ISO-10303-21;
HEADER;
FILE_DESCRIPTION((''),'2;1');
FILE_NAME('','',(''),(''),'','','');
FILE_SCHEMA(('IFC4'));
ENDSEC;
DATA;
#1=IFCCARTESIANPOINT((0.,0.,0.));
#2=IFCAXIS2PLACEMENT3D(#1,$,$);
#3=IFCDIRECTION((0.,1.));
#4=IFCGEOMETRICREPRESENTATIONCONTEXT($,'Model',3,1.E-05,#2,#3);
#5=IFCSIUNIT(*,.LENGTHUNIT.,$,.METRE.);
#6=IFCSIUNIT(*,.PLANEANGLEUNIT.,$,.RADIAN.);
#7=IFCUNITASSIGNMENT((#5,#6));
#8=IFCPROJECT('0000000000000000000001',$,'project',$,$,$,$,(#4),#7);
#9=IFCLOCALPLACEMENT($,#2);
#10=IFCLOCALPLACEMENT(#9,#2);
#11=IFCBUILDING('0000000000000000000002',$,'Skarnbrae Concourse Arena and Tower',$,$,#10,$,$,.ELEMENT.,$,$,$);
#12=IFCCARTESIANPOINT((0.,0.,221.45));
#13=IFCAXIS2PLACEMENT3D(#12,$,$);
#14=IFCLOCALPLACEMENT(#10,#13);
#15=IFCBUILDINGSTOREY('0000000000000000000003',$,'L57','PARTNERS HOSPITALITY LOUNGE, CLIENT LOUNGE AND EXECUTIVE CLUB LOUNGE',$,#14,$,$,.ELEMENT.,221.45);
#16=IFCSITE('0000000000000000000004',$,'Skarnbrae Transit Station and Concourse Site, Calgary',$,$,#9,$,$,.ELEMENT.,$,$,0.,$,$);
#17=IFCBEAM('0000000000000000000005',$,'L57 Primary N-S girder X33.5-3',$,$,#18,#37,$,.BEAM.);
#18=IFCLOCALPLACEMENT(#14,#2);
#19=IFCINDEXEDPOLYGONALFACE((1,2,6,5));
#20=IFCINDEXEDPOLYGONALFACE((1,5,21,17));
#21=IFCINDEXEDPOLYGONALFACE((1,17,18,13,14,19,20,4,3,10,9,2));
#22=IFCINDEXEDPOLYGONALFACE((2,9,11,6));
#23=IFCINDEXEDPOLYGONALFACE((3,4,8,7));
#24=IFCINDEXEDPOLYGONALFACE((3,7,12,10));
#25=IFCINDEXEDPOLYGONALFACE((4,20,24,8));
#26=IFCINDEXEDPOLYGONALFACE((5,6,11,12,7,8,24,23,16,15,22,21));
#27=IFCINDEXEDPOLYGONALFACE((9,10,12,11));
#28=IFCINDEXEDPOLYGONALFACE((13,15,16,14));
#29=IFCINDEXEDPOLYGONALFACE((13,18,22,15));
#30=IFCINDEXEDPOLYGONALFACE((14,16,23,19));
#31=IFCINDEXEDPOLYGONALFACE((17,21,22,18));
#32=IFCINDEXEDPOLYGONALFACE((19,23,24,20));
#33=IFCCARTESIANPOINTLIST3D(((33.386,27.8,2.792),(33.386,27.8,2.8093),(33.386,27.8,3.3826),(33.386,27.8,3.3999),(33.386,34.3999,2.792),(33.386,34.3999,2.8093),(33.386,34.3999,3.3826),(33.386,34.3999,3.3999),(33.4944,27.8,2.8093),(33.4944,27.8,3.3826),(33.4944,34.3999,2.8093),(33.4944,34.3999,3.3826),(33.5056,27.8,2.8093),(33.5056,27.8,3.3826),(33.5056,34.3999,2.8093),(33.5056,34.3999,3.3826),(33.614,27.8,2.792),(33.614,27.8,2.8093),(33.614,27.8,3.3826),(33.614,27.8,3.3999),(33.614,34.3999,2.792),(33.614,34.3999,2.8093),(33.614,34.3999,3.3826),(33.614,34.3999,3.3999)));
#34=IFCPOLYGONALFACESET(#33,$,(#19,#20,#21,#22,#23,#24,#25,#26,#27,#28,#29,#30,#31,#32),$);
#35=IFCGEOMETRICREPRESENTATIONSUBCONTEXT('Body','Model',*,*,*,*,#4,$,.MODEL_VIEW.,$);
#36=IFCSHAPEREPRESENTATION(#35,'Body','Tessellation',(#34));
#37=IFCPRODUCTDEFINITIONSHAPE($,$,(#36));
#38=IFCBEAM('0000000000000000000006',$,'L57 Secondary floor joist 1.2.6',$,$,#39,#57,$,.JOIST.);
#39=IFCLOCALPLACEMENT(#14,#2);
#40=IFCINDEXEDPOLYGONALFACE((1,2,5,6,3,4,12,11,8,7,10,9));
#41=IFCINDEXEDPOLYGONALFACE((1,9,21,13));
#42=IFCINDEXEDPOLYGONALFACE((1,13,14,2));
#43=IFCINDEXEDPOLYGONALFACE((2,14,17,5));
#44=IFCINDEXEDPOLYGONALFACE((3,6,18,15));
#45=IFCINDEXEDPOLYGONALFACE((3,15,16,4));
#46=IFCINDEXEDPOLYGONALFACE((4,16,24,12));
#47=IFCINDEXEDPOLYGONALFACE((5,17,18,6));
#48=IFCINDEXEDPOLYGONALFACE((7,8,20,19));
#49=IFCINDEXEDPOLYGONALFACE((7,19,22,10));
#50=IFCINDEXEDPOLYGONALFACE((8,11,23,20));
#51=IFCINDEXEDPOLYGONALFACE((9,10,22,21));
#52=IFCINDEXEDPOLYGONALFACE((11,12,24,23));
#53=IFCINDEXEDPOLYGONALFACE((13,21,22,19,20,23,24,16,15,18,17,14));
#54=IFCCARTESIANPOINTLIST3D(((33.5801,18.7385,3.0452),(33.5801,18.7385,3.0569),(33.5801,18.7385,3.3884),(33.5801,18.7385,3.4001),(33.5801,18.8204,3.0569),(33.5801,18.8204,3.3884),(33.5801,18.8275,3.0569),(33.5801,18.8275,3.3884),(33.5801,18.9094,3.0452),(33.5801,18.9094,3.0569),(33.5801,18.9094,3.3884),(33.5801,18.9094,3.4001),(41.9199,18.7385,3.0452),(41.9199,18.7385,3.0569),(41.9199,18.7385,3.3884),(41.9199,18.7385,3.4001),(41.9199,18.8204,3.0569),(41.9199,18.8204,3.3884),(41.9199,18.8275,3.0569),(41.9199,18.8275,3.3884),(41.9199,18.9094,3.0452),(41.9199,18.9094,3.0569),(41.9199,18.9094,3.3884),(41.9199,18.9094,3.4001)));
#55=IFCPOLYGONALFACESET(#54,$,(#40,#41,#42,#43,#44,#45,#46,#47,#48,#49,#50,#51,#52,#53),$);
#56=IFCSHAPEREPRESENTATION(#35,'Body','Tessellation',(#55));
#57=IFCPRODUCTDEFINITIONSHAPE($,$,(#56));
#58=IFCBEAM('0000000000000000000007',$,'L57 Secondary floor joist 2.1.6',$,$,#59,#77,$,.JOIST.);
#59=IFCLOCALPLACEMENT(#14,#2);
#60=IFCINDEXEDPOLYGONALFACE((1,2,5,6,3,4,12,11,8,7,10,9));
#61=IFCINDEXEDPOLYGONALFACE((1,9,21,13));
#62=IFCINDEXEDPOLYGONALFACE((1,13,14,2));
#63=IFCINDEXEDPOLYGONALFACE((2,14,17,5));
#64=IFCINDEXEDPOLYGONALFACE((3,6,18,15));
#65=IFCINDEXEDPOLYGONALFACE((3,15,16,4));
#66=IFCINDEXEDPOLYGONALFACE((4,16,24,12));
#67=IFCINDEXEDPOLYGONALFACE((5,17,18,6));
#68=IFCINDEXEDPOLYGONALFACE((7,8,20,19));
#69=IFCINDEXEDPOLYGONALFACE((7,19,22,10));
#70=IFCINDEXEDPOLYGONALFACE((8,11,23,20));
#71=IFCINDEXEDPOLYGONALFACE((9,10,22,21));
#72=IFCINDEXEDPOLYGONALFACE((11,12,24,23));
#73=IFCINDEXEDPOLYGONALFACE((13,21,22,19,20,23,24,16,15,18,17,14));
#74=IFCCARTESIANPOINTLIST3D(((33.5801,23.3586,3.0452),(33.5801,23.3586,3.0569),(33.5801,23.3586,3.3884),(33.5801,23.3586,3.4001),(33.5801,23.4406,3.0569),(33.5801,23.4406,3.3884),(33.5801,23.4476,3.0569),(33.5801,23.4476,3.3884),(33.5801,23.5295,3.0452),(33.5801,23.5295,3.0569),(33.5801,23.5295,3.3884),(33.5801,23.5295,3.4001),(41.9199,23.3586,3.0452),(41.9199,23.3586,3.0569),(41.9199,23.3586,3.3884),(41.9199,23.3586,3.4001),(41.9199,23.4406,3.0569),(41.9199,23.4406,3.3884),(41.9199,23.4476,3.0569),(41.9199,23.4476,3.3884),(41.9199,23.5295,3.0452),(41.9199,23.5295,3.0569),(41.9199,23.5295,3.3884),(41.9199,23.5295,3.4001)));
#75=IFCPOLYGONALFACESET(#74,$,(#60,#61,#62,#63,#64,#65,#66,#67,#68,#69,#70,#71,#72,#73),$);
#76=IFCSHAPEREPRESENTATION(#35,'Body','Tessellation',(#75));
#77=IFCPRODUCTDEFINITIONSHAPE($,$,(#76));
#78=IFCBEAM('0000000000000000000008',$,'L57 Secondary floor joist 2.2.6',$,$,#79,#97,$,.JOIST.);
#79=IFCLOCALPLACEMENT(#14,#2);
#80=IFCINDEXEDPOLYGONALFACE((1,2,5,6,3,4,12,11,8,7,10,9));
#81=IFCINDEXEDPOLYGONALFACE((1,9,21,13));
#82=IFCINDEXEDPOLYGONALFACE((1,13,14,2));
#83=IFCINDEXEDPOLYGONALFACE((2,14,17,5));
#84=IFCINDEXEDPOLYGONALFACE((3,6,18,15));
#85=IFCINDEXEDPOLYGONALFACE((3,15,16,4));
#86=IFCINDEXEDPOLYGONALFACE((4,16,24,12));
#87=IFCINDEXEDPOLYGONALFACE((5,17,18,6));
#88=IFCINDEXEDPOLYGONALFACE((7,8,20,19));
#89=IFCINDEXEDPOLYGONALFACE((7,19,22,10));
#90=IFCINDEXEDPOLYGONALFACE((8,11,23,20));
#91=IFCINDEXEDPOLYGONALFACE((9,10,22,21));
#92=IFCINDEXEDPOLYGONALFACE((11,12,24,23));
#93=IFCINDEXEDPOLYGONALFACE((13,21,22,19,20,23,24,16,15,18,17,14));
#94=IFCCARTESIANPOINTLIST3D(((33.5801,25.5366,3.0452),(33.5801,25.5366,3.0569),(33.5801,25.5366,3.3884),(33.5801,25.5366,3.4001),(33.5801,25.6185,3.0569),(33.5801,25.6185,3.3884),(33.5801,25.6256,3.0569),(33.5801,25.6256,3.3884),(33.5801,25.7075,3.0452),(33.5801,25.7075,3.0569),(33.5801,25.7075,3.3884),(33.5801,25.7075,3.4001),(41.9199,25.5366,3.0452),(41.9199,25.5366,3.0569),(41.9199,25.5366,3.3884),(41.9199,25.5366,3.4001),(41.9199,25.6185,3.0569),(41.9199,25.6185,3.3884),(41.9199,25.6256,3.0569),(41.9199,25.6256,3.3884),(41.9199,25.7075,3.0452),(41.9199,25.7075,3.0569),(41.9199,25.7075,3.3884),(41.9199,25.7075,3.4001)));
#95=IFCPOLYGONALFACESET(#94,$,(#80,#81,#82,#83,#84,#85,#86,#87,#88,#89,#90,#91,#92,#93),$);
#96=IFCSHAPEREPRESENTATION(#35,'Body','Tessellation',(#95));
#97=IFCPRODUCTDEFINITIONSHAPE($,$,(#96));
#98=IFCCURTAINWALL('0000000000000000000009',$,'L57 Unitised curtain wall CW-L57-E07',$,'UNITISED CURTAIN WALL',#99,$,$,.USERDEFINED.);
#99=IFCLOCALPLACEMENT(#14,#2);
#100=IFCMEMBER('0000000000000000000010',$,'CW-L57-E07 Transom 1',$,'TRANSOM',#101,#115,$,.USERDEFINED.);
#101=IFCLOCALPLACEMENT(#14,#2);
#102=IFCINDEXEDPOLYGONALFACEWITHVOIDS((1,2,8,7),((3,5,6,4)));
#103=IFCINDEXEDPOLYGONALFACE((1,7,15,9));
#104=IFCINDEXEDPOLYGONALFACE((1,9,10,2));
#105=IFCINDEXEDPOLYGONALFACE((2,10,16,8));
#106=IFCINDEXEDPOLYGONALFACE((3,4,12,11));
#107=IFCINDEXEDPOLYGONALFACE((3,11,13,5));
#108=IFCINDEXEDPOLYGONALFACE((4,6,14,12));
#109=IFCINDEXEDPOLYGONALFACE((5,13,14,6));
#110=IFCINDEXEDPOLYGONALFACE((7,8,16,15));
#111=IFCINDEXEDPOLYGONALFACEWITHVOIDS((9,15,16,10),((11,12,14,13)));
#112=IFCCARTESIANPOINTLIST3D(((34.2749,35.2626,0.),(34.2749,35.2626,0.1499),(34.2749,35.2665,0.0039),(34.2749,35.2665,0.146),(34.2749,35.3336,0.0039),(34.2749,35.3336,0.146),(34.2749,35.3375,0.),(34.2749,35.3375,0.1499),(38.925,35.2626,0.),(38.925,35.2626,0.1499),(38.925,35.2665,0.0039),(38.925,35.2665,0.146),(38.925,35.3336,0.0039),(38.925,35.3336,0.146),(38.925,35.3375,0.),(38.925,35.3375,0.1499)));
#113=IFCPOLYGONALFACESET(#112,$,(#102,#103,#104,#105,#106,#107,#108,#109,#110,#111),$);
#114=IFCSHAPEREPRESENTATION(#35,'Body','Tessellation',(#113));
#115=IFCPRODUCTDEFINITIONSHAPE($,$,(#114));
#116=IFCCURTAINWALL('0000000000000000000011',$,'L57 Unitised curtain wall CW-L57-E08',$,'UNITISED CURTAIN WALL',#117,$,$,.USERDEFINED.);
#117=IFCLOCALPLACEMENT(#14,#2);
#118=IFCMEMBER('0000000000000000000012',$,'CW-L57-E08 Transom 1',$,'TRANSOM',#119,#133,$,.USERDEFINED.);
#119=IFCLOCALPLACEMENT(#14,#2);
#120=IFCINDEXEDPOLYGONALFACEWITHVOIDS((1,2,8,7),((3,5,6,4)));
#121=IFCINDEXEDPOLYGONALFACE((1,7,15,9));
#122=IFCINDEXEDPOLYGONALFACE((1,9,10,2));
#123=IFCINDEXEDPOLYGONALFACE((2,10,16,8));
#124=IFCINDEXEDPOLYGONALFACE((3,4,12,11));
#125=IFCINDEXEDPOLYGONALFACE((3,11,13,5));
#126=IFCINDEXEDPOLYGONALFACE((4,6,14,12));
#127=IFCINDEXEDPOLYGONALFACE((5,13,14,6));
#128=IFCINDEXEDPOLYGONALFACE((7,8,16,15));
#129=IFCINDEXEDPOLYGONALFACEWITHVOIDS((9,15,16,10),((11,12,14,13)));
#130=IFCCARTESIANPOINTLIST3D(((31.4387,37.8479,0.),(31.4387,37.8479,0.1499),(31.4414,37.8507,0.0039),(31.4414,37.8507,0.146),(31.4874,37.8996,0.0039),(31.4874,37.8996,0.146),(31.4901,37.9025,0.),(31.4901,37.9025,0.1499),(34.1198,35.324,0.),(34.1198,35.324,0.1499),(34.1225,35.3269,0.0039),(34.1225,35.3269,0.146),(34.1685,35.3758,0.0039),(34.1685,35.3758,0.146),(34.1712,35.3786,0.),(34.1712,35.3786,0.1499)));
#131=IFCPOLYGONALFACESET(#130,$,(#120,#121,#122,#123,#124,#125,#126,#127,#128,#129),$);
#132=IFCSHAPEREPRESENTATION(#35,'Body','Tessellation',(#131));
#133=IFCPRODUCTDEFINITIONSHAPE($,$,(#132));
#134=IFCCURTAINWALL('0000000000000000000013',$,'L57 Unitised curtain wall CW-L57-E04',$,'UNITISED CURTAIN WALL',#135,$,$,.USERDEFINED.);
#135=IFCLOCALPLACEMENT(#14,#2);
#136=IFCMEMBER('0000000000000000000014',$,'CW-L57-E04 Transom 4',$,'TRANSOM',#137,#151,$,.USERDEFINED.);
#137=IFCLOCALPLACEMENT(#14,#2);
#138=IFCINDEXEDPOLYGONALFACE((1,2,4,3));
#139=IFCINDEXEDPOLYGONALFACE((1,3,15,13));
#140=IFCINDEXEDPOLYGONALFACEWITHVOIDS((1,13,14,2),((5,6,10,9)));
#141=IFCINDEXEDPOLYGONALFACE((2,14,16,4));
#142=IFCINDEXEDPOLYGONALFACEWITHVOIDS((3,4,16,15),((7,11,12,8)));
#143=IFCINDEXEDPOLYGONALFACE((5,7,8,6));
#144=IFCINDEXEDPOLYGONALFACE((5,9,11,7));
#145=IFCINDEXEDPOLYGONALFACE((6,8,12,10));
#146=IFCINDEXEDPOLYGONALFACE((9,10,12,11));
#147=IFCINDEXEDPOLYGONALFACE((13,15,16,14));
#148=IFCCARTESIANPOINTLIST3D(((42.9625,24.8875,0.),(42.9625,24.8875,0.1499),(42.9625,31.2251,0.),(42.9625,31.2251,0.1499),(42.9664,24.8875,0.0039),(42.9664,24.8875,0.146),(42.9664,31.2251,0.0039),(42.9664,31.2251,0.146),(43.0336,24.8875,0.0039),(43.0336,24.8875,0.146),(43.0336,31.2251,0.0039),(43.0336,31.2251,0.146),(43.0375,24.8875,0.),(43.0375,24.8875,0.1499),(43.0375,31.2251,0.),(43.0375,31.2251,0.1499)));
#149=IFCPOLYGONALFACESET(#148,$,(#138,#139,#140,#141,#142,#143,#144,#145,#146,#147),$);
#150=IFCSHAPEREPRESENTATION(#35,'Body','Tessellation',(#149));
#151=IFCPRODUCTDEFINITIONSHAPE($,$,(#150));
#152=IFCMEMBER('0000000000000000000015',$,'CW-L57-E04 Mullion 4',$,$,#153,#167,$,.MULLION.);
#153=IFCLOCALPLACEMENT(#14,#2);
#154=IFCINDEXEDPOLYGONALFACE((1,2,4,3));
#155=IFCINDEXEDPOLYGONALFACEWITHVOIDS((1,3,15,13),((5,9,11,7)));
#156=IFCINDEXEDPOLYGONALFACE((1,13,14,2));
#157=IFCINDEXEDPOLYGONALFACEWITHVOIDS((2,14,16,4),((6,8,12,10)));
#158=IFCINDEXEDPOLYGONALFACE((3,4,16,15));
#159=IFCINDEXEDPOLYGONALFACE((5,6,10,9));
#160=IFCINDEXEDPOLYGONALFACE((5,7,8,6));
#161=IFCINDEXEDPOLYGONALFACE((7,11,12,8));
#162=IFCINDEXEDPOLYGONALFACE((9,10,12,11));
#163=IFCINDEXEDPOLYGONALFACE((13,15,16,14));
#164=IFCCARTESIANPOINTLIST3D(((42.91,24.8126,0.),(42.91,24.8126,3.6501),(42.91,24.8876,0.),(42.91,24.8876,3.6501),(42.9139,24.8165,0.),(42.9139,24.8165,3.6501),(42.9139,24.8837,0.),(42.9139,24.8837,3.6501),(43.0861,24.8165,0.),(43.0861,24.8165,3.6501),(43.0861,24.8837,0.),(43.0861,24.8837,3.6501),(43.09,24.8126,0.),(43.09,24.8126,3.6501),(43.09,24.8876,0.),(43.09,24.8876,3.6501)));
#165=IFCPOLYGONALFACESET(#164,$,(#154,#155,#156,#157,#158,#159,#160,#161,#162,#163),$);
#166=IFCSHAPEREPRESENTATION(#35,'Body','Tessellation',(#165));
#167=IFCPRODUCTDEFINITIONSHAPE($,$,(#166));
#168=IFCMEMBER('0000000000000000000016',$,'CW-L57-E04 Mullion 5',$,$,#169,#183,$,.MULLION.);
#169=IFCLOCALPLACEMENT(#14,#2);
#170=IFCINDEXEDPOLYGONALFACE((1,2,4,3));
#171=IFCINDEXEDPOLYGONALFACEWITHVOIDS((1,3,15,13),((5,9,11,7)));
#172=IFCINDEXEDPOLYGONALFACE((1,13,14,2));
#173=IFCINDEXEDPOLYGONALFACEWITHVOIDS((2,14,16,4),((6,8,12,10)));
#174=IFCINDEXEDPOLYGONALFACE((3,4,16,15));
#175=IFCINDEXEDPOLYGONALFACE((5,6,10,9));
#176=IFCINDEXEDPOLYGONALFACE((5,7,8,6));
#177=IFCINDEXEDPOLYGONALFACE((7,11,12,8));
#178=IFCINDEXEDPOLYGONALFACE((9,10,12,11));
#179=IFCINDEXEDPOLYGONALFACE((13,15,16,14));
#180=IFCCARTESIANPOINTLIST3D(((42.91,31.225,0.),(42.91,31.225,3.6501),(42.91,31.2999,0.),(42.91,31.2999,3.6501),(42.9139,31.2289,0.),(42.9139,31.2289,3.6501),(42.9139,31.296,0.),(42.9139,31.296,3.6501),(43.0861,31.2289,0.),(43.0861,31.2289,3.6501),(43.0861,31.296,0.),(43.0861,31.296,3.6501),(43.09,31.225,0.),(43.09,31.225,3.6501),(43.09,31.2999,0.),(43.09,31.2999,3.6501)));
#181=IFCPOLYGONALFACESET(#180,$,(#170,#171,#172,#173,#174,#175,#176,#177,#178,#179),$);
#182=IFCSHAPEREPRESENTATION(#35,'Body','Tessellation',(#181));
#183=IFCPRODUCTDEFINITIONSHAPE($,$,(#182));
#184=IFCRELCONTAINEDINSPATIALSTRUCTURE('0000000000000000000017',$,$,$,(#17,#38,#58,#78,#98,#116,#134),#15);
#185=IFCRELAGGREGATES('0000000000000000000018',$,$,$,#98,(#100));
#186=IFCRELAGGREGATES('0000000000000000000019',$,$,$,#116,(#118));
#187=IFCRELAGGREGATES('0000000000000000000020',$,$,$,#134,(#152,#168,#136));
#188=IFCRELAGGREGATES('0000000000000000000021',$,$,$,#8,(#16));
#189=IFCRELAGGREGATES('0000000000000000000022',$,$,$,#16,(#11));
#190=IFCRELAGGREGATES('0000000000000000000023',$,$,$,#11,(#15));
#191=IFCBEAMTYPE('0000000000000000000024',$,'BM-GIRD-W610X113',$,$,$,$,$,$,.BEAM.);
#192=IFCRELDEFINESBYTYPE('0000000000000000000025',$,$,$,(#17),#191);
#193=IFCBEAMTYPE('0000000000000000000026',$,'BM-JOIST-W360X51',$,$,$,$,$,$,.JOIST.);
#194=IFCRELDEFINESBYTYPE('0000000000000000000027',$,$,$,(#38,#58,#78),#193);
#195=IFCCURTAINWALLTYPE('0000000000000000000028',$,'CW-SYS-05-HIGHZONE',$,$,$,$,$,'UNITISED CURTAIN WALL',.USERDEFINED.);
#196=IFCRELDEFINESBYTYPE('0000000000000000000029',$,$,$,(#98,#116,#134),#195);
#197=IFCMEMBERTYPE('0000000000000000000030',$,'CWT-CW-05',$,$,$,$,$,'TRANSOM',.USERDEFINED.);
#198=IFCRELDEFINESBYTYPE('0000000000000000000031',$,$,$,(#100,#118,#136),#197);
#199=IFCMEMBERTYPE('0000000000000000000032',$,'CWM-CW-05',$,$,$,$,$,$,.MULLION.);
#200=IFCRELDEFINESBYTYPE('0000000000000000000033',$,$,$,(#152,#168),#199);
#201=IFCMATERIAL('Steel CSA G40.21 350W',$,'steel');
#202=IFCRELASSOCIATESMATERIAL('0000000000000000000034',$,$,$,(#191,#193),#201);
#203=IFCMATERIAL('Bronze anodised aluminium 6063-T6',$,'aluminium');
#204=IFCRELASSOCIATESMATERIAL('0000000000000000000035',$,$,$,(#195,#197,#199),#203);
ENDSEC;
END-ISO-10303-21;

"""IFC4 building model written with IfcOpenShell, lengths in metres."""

from ifc_helpers import new_model, si_unit, direction, frame, origin, origin_2d, place, context, subcontext, project, spatial, hollow_rectangle, i_section, extrude, source, transform, mapped, material, material_profile, profile_set, type_object, element, aggregate, save


model = new_model("IFC4")

# Units and contexts
model_context = context("Model", 3, precision=1e-05, world=origin(), true_north=direction((0.0, 1.0)))
body_context = subcontext(model_context, "Body", "Model", "MODEL_VIEW")
ifc_project = project(units=[si_unit("LENGTHUNIT", "METRE"), si_unit("PLANEANGLEUNIT", "RADIAN")], contexts=[model_context])

# Site, building, storey
site_placement = place(None, origin())
site = spatial("IfcSite", under=ifc_project, at=site_placement, Name="Skarnbrae Transit Station and Concourse Site, Calgary", CompositionType="ELEMENT", RefElevation=0.0)
building_placement = place(site_placement, origin())
building = spatial("IfcBuilding", under=site, at=building_placement, Name="Skarnbrae Concourse Arena and Tower", CompositionType="ELEMENT")
storey_placement = place(building_placement, frame((0.0, 0.0, 221.45)))
storey = spatial("IfcBuildingStorey", under=building, at=storey_placement, Name="L57", Description="PARTNERS HOSPITALITY LOUNGE, CLIENT LOUNGE AND EXECUTIVE CLUB LOUNGE", CompositionType="ELEMENT", Elevation=221.45)

# Shared definitions
ifc_material_1 = material(Name="Steel CSA G40.21 350W", Category="steel")

# Beams
ifc_material_profile_1 = material_profile(ifc_material_1, i_section(OverallWidth=0.228, OverallDepth=0.6079, WebThickness=0.0112, FlangeThickness=0.0173, at=origin_2d()), Name="W610X113")
ifc_profile_set_1 = profile_set([ifc_material_profile_1], Name="Steel CSA G40.21 350W")
beam_type_1 = type_object("IfcBeamType", Name="BM-GIRD-W610X113", PredefinedType="BEAM", material=ifc_profile_set_1)
shared_shape_1 = source(origin(), body_context, "Body", "SweptSolid", [
    extrude(i_section(OverallWidth=0.228, OverallDepth=0.6079, WebThickness=0.0112, FlangeThickness=0.0173, at=origin_2d()), origin(), (0.0, 0.0, 1.0), 6.5999),
])
beam_1_placement = place(storey_placement, frame((33.5, 27.8, 3.0959), z_axis=(0.0, 1.0, 0.0), x_axis=(-1.0, 0.0, 0.0)))
element("IfcBeam", 1, at=beam_1_placement, inside=storey, type_object=beam_type_1, Name="L57 Primary N-S girder X33.5-3", PredefinedType="BEAM", context=body_context, shape_type="MappedRepresentation", body=[
    mapped(shared_shape_1, transform((0.0, 0.0, 0.0))),
])
ifc_material_profile_2 = material_profile(ifc_material_1, i_section(OverallWidth=0.1709, OverallDepth=0.355, WebThickness=0.0071, FlangeThickness=0.0117, at=origin_2d()), Name="W360X51")
ifc_profile_set_2 = profile_set([ifc_material_profile_2], Name="Steel CSA G40.21 350W")
beam_type_2 = type_object("IfcBeamType", Name="BM-JOIST-W360X51", PredefinedType="JOIST", material=ifc_profile_set_2)
shared_shape_2 = source(origin(), body_context, "Body", "SweptSolid", [
    extrude(i_section(OverallWidth=0.1709, OverallDepth=0.355, WebThickness=0.0071, FlangeThickness=0.0117, at=origin_2d()), origin(), (0.0, 0.0, 1.0), 8.3398),
])
for number, where, z_axis, x_axis, name in (
    (2, (33.5801, 18.824, 3.2227), (1.0, 0.0, 0.0), (0.0, 1.0, 0.0), "L57 Secondary floor joist 1.2.6"),
    (3, (33.5801, 23.4441, 3.2227), (1.0, 0.0, 0.0), (0.0, 1.0, 0.0), "L57 Secondary floor joist 2.1.6"),
    (4, (33.5801, 25.6221, 3.2227), (1.0, 0.0, 0.0), (0.0, 1.0, 0.0), "L57 Secondary floor joist 2.2.6"),
):
    element("IfcBeam", number, at=place(storey_placement, frame(where, z_axis=z_axis, x_axis=x_axis)), inside=storey, type_object=beam_type_2, Name=name, PredefinedType="JOIST", context=body_context, shape_type="MappedRepresentation", body=[
        mapped(shared_shape_2, transform((0.0, 0.0, 0.0))),
    ])

# Curtain walls, members
ifc_material_2 = material(Name="Bronze anodised aluminium 6063-T6", Category="aluminium")
curtain_wall_type = type_object("IfcCurtainWallType", Name="CW-SYS-05-HIGHZONE", ElementType="UNITISED CURTAIN WALL", PredefinedType="USERDEFINED", material=ifc_material_2)
curtain_wall_1_placement = place(storey_placement, origin())
curtain_wall_1 = element("IfcCurtainWall", 5, at=curtain_wall_1_placement, inside=storey, type_object=curtain_wall_type, Name="L57 Unitised curtain wall CW-L57-E07", ObjectType="UNITISED CURTAIN WALL", PredefinedType="USERDEFINED")
ifc_material_profile_3 = material_profile(ifc_material_2, hollow_rectangle(XDim=0.075, YDim=0.1499, WallThickness=0.0039, at=origin_2d()), Name="ALU-TRAN-75X150")
ifc_profile_set_3 = profile_set([ifc_material_profile_3], Name="Bronze anodised aluminium 6063-T6")
member_type_1 = type_object("IfcMemberType", Name="CWT-CW-05", ElementType="TRANSOM", PredefinedType="USERDEFINED", material=ifc_profile_set_3)
shared_shape_3 = source(origin(), body_context, "Body", "SweptSolid", [
    extrude(hollow_rectangle(XDim=0.075, YDim=0.1499, WallThickness=0.0039, at=origin_2d()), origin(), (0.0, 0.0, 1.0), 4.6501),
])
member_1_placement = place(storey_placement, frame((38.925, 35.3, 0.075), z_axis=(-1.0, 0.0, 0.0), x_axis=(0.0, -1.0, 0.0)))
member_1 = element("IfcMember", 6, at=member_1_placement, type_object=member_type_1, Name="CW-L57-E07 Transom 1", ObjectType="TRANSOM", PredefinedType="USERDEFINED", context=body_context, shape_type="MappedRepresentation", body=[
    mapped(shared_shape_3, transform((0.0, 0.0, 0.0))),
])
curtain_wall_2_placement = place(storey_placement, origin())
curtain_wall_2 = element("IfcCurtainWall", 7, at=curtain_wall_2_placement, inside=storey, type_object=curtain_wall_type, Name="L57 Unitised curtain wall CW-L57-E08", ObjectType="UNITISED CURTAIN WALL", PredefinedType="USERDEFINED")
shared_shape_4 = source(origin(), body_context, "Body", "SweptSolid", [
    extrude(hollow_rectangle(XDim=0.075, YDim=0.1499, WallThickness=0.0039, at=origin_2d()), origin(), (0.0, 0.0, 1.0), 3.6821),
])
member_2_placement = place(storey_placement, frame((34.1455, 35.3513, 0.075), z_axis=(-0.728134, 0.685435, 0.0), x_axis=(-0.685435, -0.728134, 0.0)))
member_2 = element("IfcMember", 8, at=member_2_placement, type_object=member_type_1, Name="CW-L57-E08 Transom 1", ObjectType="TRANSOM", PredefinedType="USERDEFINED", context=body_context, shape_type="MappedRepresentation", body=[
    mapped(shared_shape_4, transform((0.0, 0.0, 0.0))),
])

# Curtain wall, members
curtain_wall_3_placement = place(storey_placement, origin())
curtain_wall_3 = element("IfcCurtainWall", 9, at=curtain_wall_3_placement, inside=storey, type_object=curtain_wall_type, Name="L57 Unitised curtain wall CW-L57-E04", ObjectType="UNITISED CURTAIN WALL", PredefinedType="USERDEFINED")
shared_shape_5 = source(origin(), body_context, "Body", "SweptSolid", [
    extrude(hollow_rectangle(XDim=0.075, YDim=0.1499, WallThickness=0.0039, at=origin_2d()), origin(), (0.0, 0.0, 1.0), 6.3376),
])
member_3_placement = place(storey_placement, frame((43.0, 24.8875, 0.075), z_axis=(0.0, 1.0, 0.0), x_axis=(-1.0, 0.0, 0.0)))
member_3 = element("IfcMember", 10, at=member_3_placement, type_object=member_type_1, Name="CW-L57-E04 Transom 4", ObjectType="TRANSOM", PredefinedType="USERDEFINED", context=body_context, shape_type="MappedRepresentation", body=[
    mapped(shared_shape_5, transform((0.0, 0.0, 0.0))),
])
ifc_material_profile_4 = material_profile(ifc_material_2, hollow_rectangle(XDim=0.075, YDim=0.1799, WallThickness=0.0039, at=origin_2d()), Name="ALU-MULL-75X180")
ifc_profile_set_4 = profile_set([ifc_material_profile_4], Name="Bronze anodised aluminium 6063-T6")
member_type_2 = type_object("IfcMemberType", Name="CWM-CW-05", PredefinedType="MULLION", material=ifc_profile_set_4)
shared_shape_6 = source(origin(), body_context, "Body", "SweptSolid", [
    extrude(hollow_rectangle(XDim=0.075, YDim=0.1799, WallThickness=0.0039, at=origin_2d()), origin(), (0.0, 0.0, 1.0), 3.6501),
])
member_4_placement = place(storey_placement, frame((43.0, 24.8501, 0.0), z_axis=(0.0, 0.0, 1.0), x_axis=(0.0, 1.0, 0.0)))
member_4 = element("IfcMember", 11, at=member_4_placement, type_object=member_type_2, Name="CW-L57-E04 Mullion 4", PredefinedType="MULLION", context=body_context, shape_type="MappedRepresentation", body=[
    mapped(shared_shape_6, transform((0.0, 0.0, 0.0))),
])
member_5_placement = place(storey_placement, frame((43.0, 31.2625, 0.0), z_axis=(0.0, 0.0, 1.0), x_axis=(0.0, 1.0, 0.0)))
member_5 = element("IfcMember", 12, at=member_5_placement, type_object=member_type_2, Name="CW-L57-E04 Mullion 5", PredefinedType="MULLION", context=body_context, shape_type="MappedRepresentation", body=[
    mapped(shared_shape_6, transform((0.0, 0.0, 0.0))),
])

aggregate(curtain_wall_1, [member_1])
aggregate(curtain_wall_2, [member_2])
aggregate(curtain_wall_3, [member_4, member_5, member_3])

save(model, "model.ifc")
